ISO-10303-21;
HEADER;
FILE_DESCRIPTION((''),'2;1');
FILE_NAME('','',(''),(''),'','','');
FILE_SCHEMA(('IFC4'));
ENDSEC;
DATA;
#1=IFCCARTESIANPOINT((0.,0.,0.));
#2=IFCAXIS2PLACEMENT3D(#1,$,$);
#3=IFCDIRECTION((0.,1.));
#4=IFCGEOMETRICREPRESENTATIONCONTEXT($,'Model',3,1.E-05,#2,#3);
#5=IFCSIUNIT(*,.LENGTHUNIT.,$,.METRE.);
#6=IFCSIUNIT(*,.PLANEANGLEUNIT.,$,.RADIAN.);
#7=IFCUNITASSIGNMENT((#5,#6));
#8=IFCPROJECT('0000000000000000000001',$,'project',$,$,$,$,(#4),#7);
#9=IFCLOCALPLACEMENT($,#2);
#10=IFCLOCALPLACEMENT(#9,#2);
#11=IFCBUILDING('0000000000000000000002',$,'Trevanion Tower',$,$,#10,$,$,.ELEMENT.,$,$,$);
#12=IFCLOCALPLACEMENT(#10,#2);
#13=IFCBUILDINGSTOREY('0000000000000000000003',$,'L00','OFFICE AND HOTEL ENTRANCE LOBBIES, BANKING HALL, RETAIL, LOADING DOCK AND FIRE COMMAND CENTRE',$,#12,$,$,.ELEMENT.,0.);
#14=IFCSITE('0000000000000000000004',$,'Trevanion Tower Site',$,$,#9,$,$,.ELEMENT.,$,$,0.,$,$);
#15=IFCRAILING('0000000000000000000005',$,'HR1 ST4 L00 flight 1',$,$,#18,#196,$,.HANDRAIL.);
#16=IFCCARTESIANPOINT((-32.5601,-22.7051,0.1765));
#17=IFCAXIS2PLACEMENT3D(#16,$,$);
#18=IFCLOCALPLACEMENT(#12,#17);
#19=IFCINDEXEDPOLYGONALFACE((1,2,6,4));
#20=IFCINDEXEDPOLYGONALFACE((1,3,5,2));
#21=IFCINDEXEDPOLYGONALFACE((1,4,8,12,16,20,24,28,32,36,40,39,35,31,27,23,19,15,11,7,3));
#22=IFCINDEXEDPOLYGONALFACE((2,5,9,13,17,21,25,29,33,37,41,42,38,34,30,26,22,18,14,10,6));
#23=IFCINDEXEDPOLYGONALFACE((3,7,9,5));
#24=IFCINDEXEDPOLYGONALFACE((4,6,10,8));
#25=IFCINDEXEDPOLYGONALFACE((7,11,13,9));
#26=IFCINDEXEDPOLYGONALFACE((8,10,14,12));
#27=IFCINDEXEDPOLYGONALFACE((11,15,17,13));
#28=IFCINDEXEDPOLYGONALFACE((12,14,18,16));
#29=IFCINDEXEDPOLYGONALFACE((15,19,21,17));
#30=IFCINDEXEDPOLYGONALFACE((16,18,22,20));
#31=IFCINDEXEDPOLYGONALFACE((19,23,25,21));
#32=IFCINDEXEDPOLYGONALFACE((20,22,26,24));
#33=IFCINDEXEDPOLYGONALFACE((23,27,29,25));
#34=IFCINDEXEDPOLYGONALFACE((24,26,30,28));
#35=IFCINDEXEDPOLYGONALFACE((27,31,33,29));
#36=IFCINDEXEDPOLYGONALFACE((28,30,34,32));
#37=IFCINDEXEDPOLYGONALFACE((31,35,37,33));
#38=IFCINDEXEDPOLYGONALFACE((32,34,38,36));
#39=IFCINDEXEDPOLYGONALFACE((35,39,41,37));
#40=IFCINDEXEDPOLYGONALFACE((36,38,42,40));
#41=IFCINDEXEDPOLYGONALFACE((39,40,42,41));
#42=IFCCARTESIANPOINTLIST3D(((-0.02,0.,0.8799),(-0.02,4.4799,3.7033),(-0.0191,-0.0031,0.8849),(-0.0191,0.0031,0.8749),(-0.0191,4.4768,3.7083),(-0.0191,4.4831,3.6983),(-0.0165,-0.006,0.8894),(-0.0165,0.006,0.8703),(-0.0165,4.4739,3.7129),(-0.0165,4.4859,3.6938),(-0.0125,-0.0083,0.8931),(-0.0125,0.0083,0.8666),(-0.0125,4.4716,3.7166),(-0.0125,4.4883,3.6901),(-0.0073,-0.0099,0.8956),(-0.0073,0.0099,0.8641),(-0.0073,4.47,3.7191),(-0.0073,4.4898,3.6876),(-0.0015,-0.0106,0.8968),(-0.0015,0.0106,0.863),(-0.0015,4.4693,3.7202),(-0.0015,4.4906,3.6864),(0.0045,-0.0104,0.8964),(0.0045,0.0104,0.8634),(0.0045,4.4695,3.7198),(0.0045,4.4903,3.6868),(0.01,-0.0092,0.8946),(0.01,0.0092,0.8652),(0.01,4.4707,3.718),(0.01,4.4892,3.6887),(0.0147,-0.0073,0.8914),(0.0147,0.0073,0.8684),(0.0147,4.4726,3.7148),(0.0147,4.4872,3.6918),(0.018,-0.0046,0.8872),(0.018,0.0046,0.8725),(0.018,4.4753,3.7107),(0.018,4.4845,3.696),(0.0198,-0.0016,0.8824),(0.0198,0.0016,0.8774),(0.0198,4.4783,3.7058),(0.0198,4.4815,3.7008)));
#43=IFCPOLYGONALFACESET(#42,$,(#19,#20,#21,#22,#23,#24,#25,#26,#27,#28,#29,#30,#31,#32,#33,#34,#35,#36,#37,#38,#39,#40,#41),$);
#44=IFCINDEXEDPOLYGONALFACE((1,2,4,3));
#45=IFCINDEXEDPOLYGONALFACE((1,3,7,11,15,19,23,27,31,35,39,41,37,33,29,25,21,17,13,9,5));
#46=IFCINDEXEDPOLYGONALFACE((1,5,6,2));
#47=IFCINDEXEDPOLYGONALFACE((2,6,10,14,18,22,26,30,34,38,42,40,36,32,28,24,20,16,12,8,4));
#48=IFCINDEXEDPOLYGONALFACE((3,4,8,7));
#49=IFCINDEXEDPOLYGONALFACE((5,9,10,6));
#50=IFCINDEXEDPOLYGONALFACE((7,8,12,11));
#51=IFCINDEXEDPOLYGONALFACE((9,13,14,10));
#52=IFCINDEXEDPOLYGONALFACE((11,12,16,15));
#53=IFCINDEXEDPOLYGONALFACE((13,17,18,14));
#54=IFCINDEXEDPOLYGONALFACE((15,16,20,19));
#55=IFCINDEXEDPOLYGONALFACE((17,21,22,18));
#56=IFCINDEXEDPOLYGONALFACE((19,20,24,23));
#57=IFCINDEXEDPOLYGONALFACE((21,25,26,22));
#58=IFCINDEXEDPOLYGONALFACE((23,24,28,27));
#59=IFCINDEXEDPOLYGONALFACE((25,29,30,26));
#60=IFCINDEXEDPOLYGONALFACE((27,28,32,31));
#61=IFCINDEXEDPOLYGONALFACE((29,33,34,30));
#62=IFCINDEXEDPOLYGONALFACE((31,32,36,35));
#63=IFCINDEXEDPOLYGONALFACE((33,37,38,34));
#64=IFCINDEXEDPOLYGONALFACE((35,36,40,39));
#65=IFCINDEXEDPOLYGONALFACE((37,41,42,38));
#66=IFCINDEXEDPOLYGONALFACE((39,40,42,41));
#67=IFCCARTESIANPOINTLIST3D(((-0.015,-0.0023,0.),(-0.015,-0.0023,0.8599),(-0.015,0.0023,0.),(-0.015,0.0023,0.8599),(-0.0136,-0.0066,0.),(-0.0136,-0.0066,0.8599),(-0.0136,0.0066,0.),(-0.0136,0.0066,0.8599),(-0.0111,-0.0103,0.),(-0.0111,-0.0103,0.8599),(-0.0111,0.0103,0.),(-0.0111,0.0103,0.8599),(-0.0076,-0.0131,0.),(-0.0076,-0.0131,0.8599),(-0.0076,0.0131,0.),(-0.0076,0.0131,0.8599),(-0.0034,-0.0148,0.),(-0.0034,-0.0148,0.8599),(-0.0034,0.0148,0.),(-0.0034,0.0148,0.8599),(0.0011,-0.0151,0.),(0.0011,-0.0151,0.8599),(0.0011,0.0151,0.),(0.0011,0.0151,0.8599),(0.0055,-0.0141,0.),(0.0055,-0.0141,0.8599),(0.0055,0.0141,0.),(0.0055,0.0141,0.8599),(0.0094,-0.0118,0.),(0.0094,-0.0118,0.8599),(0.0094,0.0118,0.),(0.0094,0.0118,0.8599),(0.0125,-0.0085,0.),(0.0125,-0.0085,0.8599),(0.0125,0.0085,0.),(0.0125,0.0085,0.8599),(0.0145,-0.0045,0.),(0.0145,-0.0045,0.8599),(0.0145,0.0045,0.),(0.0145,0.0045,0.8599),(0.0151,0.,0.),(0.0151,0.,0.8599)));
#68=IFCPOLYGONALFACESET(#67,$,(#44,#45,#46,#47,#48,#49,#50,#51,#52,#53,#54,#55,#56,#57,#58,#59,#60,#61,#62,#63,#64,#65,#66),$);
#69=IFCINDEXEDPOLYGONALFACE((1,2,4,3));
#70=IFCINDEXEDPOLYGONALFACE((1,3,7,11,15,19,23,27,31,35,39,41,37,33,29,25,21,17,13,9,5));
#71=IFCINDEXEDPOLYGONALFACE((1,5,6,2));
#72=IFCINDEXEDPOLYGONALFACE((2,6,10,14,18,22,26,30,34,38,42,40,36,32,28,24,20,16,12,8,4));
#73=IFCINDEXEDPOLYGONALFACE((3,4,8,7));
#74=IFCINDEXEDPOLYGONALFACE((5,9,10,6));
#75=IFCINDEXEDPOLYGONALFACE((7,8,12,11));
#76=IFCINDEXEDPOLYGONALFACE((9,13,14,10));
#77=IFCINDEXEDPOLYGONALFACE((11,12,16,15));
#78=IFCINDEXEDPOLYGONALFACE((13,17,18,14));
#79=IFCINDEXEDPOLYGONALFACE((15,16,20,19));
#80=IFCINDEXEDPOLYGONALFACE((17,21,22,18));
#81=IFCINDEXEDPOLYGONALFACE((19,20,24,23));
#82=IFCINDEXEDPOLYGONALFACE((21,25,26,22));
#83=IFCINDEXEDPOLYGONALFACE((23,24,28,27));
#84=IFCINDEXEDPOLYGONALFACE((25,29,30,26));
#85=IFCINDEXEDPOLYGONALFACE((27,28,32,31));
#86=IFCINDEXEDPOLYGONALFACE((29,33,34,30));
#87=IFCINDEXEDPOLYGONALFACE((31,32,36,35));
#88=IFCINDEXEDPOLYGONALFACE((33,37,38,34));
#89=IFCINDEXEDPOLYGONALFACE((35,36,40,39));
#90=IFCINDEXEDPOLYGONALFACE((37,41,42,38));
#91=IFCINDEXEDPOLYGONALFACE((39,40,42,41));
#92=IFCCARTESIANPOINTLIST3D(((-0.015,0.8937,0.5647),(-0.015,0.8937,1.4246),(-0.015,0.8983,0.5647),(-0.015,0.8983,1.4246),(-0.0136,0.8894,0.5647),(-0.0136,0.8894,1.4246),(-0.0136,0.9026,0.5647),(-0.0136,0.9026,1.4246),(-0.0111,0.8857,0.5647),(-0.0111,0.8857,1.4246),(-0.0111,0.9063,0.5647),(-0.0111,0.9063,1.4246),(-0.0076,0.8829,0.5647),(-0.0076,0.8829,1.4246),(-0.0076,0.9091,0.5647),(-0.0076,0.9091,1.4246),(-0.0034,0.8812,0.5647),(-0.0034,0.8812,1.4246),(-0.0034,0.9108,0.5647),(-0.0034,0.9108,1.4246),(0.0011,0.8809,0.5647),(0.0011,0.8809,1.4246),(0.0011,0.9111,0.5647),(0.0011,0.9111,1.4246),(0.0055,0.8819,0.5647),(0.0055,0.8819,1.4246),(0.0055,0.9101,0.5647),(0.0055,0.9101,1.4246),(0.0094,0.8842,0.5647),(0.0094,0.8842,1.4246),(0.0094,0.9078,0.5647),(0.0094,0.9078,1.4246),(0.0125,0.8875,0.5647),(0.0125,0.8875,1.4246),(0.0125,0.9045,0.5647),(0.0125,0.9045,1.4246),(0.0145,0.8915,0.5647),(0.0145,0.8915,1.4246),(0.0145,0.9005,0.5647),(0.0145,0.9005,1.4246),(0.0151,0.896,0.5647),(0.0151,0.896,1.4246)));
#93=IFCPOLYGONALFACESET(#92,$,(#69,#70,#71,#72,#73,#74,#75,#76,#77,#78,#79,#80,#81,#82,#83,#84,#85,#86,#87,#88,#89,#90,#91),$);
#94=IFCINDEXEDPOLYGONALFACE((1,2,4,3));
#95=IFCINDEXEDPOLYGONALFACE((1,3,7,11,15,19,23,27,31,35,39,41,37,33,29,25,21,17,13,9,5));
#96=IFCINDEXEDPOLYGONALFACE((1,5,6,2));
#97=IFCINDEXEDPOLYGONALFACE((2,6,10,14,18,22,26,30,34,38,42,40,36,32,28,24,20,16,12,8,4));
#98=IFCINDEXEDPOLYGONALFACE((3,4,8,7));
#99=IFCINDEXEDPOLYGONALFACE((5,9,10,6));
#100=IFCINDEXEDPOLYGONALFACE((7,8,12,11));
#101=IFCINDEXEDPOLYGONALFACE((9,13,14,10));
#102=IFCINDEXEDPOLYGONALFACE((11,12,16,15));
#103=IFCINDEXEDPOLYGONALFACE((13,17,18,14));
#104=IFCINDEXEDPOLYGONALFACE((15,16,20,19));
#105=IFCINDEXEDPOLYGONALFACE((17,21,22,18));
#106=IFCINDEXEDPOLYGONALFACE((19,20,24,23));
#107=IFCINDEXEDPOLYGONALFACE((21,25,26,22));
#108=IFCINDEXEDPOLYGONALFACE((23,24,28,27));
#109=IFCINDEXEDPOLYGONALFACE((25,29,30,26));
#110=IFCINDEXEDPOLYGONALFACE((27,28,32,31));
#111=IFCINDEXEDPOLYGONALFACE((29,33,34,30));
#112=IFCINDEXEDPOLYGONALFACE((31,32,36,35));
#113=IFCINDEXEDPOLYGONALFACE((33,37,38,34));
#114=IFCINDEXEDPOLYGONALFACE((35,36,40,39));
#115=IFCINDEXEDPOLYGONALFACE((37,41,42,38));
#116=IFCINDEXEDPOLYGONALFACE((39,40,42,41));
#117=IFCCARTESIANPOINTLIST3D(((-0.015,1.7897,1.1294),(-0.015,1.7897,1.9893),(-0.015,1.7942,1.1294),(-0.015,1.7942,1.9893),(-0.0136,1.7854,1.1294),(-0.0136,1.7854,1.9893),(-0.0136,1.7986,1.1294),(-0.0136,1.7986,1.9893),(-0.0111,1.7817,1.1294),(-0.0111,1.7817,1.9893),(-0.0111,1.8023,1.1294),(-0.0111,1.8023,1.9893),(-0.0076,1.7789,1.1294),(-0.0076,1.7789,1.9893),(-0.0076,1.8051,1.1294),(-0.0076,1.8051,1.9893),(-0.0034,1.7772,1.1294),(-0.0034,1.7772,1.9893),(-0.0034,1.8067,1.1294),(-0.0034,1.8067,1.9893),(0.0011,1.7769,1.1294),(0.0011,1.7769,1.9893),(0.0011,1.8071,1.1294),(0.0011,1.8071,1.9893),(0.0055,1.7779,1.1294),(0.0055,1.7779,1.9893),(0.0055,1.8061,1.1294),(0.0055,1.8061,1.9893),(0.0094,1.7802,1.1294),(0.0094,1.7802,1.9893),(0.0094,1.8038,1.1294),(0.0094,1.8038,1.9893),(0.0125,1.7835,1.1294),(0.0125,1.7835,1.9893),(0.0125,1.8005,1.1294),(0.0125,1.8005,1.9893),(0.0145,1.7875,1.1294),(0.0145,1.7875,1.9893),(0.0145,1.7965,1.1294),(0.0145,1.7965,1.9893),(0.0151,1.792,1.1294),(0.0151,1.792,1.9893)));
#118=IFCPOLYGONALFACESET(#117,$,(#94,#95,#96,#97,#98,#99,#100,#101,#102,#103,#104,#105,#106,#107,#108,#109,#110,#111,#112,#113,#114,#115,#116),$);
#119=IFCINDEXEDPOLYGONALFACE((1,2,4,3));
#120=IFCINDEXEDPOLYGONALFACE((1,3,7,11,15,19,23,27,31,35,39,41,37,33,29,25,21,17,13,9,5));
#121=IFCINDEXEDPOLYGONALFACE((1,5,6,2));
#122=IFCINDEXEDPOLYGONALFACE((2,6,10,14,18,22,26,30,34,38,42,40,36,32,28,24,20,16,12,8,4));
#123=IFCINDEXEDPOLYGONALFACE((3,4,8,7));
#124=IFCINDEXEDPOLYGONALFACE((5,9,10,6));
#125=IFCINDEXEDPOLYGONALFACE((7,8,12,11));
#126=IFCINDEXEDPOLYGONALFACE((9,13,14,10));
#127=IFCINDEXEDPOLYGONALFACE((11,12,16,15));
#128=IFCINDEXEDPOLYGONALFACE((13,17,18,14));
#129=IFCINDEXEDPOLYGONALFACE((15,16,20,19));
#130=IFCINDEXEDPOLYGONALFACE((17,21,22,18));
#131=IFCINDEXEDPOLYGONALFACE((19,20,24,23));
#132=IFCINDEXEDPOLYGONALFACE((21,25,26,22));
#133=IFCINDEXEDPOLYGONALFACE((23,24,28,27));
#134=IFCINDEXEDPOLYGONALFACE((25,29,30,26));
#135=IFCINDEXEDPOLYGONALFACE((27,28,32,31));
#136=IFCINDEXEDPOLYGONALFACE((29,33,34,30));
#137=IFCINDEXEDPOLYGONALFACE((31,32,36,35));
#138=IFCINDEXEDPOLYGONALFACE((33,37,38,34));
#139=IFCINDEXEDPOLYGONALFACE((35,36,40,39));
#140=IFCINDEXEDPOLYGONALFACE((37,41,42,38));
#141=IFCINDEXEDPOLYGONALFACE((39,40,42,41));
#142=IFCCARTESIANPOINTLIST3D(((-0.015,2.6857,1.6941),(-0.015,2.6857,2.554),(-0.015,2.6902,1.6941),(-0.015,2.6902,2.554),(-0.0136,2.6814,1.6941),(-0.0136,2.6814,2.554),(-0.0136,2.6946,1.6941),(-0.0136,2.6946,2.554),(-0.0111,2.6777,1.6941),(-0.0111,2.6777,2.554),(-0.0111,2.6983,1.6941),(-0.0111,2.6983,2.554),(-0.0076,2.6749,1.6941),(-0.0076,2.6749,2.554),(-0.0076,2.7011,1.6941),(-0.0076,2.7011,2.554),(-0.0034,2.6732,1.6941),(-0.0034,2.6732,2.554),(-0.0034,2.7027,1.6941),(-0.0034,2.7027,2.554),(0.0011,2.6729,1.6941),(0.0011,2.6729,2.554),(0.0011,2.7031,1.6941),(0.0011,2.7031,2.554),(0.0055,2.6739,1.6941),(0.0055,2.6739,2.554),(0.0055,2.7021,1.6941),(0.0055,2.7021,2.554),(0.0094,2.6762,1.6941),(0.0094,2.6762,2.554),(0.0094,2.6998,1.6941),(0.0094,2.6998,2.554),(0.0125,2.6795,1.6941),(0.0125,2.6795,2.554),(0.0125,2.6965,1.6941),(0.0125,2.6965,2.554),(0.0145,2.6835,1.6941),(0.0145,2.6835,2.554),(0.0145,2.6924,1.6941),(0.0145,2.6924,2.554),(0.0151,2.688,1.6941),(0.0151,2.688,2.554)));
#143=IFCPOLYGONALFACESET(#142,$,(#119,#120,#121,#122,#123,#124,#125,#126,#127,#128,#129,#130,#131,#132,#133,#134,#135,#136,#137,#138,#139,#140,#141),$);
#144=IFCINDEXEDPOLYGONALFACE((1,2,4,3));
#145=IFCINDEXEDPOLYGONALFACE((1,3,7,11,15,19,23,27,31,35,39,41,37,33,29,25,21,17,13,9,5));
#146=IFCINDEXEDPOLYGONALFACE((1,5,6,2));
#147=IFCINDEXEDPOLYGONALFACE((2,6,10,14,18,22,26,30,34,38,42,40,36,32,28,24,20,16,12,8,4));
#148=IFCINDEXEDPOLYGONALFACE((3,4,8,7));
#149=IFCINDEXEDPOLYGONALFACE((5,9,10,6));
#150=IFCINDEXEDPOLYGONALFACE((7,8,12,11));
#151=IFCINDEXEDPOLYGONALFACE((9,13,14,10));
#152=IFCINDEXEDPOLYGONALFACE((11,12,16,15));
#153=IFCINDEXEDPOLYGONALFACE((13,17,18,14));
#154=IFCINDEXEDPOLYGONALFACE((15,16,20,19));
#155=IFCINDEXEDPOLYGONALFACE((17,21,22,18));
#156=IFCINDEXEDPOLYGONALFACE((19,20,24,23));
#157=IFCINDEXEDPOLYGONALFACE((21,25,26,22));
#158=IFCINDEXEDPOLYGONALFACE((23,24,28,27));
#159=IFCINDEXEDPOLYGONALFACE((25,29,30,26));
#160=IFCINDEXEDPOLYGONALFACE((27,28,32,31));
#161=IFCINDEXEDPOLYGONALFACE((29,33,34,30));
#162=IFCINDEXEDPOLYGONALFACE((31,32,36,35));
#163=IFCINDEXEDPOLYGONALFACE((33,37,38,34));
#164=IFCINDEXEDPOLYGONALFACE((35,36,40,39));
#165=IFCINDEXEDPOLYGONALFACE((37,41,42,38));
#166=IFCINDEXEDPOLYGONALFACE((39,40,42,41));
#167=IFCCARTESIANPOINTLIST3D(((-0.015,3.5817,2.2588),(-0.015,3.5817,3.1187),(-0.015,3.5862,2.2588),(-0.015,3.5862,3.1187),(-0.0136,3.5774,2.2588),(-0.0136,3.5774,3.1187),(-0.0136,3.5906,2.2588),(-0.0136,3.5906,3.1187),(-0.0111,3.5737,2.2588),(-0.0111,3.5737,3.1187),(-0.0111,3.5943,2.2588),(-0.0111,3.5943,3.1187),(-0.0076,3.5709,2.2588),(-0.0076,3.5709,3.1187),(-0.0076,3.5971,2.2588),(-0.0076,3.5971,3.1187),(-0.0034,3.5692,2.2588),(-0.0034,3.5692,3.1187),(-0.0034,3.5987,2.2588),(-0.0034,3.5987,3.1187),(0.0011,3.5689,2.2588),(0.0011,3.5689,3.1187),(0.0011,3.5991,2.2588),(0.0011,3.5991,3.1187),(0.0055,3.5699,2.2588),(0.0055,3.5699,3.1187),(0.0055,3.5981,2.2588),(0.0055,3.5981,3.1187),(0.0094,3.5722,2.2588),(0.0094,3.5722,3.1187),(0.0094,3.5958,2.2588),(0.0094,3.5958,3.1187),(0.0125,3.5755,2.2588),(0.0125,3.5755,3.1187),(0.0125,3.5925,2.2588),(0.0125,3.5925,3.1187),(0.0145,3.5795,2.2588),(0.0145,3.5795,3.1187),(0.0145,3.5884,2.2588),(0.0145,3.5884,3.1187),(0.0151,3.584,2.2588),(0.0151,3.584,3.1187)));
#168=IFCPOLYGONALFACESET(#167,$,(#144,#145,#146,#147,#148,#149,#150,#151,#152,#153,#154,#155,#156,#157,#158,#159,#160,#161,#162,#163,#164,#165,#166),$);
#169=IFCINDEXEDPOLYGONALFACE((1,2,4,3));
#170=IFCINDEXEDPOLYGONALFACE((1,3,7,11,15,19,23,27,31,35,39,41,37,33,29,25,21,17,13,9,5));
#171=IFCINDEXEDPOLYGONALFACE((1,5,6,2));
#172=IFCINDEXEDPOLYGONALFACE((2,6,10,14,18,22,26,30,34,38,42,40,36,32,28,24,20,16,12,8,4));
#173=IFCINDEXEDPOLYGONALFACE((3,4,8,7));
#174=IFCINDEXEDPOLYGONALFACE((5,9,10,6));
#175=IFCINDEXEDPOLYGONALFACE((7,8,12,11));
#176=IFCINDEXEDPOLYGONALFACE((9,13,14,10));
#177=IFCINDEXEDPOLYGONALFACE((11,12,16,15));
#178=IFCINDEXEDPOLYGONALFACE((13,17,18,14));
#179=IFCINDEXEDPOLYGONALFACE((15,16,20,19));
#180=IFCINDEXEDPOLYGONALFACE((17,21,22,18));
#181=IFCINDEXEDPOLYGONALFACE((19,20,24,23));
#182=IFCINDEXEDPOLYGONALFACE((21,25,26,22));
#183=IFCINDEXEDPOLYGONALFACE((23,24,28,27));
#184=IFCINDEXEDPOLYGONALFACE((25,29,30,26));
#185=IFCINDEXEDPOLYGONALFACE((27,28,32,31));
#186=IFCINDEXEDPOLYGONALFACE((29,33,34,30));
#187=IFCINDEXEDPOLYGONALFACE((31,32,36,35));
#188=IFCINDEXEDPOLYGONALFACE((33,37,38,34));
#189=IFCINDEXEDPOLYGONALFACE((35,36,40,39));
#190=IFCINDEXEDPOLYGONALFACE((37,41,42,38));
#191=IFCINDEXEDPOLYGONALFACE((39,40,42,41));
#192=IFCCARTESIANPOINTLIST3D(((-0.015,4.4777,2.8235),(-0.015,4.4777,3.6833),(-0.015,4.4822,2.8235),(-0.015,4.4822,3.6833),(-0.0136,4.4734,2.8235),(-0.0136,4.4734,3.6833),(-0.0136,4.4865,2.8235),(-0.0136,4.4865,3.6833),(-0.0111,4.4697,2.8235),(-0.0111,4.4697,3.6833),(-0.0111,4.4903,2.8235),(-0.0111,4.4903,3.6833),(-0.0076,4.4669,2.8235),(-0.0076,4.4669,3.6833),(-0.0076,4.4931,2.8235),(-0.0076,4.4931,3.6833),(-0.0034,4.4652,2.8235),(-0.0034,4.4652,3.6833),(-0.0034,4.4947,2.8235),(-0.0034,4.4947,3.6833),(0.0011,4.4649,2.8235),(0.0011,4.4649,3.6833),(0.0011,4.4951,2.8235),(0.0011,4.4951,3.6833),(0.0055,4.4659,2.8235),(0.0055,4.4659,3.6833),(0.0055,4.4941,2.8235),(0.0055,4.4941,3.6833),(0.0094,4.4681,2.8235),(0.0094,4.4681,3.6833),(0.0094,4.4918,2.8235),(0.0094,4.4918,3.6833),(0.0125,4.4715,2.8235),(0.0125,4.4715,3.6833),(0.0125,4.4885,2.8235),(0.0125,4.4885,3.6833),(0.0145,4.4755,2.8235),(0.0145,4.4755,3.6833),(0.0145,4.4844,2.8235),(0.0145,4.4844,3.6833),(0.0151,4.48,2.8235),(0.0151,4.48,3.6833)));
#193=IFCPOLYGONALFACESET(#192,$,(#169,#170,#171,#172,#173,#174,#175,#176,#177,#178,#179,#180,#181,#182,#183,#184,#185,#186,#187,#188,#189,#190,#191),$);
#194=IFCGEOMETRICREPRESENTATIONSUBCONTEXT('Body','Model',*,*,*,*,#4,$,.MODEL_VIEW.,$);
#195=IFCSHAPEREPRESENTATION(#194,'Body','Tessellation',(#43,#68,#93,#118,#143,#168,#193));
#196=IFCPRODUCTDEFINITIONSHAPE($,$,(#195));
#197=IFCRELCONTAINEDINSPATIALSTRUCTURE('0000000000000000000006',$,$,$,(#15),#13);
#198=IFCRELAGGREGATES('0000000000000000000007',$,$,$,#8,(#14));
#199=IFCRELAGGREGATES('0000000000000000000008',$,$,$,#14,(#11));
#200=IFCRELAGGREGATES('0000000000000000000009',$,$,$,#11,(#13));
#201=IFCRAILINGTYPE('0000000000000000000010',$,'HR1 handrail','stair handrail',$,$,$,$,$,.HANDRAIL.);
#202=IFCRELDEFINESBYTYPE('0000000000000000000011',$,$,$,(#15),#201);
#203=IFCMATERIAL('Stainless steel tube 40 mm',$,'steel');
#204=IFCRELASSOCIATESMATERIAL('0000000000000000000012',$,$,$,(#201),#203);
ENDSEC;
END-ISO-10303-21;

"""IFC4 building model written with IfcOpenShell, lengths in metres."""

from ifc_helpers import new_model, si_unit, direction, frame, origin, origin_2d, place, context, subcontext, project, spatial, circle, extrude, material, type_object, element, save


model = new_model("IFC4")

# Units and contexts
model_context = context("Model", 3, precision=1e-05, world=origin(), true_north=direction((0.0, 1.0)))
body_context = subcontext(model_context, "Body", "Model", "MODEL_VIEW")
ifc_project = project(units=[si_unit("LENGTHUNIT", "METRE"), si_unit("PLANEANGLEUNIT", "RADIAN")], contexts=[model_context])

# Site, building, storey
site_placement = place(None, origin())
site = spatial("IfcSite", under=ifc_project, at=site_placement, Name="Trevanion Tower Site", CompositionType="ELEMENT", RefElevation=0.0)
building_placement = place(site_placement, origin())
building = spatial("IfcBuilding", under=site, at=building_placement, Name="Trevanion Tower", CompositionType="ELEMENT")
storey_placement = place(building_placement, origin())
storey = spatial("IfcBuildingStorey", under=building, at=storey_placement, Name="L00", Description="OFFICE AND HOTEL ENTRANCE LOBBIES, BANKING HALL, RETAIL, LOADING DOCK AND FIRE COMMAND CENTRE", CompositionType="ELEMENT", Elevation=0.0)

# Railing
ifc_material_1 = material(Name="Stainless steel tube 40 mm", Category="steel")
railing_type = type_object("IfcRailingType", Name="HR1 handrail", Description="stair handrail", PredefinedType="HANDRAIL", material=ifc_material_1)
for number, where, name in (
    (1, (-32.5601, -22.7051, 0.1765), "HR1 ST4 L00 flight 1"),
):
    element("IfcRailing", number, at=place(storey_placement, frame(where)), inside=storey, type_object=railing_type, Name=name, PredefinedType="HANDRAIL", context=body_context, shape_type="SweptSolid", body=[
        extrude(circle(Radius=0.02, at=origin_2d()), frame((0.0, 0.0, 0.8799), z_axis=(0.0, 0.845998, 0.533186), x_axis=(-1.0, 0.0, 0.0)), (0.0, 0.0, 1.0), 5.2954),
        extrude(circle(Radius=0.0151, at=origin_2d()), origin(), (0.0, 0.0, 1.0), 0.8599),
        extrude(circle(Radius=0.0151, at=origin_2d()), frame((0.0, 0.896, 0.5647)), (0.0, 0.0, 1.0), 0.8599),
        extrude(circle(Radius=0.0151, at=origin_2d()), frame((0.0, 1.792, 1.1294)), (0.0, 0.0, 1.0), 0.8599),
        extrude(circle(Radius=0.0151, at=origin_2d()), frame((0.0, 2.688, 1.6941)), (0.0, 0.0, 1.0), 0.8599),
        extrude(circle(Radius=0.0151, at=origin_2d()), frame((0.0, 3.584, 2.2588)), (0.0, 0.0, 1.0), 0.8599),
        extrude(circle(Radius=0.0151, at=origin_2d()), frame((0.0, 4.48, 2.8235)), (0.0, 0.0, 1.0), 0.8599),
    ])

save(model, "model.ifc")
